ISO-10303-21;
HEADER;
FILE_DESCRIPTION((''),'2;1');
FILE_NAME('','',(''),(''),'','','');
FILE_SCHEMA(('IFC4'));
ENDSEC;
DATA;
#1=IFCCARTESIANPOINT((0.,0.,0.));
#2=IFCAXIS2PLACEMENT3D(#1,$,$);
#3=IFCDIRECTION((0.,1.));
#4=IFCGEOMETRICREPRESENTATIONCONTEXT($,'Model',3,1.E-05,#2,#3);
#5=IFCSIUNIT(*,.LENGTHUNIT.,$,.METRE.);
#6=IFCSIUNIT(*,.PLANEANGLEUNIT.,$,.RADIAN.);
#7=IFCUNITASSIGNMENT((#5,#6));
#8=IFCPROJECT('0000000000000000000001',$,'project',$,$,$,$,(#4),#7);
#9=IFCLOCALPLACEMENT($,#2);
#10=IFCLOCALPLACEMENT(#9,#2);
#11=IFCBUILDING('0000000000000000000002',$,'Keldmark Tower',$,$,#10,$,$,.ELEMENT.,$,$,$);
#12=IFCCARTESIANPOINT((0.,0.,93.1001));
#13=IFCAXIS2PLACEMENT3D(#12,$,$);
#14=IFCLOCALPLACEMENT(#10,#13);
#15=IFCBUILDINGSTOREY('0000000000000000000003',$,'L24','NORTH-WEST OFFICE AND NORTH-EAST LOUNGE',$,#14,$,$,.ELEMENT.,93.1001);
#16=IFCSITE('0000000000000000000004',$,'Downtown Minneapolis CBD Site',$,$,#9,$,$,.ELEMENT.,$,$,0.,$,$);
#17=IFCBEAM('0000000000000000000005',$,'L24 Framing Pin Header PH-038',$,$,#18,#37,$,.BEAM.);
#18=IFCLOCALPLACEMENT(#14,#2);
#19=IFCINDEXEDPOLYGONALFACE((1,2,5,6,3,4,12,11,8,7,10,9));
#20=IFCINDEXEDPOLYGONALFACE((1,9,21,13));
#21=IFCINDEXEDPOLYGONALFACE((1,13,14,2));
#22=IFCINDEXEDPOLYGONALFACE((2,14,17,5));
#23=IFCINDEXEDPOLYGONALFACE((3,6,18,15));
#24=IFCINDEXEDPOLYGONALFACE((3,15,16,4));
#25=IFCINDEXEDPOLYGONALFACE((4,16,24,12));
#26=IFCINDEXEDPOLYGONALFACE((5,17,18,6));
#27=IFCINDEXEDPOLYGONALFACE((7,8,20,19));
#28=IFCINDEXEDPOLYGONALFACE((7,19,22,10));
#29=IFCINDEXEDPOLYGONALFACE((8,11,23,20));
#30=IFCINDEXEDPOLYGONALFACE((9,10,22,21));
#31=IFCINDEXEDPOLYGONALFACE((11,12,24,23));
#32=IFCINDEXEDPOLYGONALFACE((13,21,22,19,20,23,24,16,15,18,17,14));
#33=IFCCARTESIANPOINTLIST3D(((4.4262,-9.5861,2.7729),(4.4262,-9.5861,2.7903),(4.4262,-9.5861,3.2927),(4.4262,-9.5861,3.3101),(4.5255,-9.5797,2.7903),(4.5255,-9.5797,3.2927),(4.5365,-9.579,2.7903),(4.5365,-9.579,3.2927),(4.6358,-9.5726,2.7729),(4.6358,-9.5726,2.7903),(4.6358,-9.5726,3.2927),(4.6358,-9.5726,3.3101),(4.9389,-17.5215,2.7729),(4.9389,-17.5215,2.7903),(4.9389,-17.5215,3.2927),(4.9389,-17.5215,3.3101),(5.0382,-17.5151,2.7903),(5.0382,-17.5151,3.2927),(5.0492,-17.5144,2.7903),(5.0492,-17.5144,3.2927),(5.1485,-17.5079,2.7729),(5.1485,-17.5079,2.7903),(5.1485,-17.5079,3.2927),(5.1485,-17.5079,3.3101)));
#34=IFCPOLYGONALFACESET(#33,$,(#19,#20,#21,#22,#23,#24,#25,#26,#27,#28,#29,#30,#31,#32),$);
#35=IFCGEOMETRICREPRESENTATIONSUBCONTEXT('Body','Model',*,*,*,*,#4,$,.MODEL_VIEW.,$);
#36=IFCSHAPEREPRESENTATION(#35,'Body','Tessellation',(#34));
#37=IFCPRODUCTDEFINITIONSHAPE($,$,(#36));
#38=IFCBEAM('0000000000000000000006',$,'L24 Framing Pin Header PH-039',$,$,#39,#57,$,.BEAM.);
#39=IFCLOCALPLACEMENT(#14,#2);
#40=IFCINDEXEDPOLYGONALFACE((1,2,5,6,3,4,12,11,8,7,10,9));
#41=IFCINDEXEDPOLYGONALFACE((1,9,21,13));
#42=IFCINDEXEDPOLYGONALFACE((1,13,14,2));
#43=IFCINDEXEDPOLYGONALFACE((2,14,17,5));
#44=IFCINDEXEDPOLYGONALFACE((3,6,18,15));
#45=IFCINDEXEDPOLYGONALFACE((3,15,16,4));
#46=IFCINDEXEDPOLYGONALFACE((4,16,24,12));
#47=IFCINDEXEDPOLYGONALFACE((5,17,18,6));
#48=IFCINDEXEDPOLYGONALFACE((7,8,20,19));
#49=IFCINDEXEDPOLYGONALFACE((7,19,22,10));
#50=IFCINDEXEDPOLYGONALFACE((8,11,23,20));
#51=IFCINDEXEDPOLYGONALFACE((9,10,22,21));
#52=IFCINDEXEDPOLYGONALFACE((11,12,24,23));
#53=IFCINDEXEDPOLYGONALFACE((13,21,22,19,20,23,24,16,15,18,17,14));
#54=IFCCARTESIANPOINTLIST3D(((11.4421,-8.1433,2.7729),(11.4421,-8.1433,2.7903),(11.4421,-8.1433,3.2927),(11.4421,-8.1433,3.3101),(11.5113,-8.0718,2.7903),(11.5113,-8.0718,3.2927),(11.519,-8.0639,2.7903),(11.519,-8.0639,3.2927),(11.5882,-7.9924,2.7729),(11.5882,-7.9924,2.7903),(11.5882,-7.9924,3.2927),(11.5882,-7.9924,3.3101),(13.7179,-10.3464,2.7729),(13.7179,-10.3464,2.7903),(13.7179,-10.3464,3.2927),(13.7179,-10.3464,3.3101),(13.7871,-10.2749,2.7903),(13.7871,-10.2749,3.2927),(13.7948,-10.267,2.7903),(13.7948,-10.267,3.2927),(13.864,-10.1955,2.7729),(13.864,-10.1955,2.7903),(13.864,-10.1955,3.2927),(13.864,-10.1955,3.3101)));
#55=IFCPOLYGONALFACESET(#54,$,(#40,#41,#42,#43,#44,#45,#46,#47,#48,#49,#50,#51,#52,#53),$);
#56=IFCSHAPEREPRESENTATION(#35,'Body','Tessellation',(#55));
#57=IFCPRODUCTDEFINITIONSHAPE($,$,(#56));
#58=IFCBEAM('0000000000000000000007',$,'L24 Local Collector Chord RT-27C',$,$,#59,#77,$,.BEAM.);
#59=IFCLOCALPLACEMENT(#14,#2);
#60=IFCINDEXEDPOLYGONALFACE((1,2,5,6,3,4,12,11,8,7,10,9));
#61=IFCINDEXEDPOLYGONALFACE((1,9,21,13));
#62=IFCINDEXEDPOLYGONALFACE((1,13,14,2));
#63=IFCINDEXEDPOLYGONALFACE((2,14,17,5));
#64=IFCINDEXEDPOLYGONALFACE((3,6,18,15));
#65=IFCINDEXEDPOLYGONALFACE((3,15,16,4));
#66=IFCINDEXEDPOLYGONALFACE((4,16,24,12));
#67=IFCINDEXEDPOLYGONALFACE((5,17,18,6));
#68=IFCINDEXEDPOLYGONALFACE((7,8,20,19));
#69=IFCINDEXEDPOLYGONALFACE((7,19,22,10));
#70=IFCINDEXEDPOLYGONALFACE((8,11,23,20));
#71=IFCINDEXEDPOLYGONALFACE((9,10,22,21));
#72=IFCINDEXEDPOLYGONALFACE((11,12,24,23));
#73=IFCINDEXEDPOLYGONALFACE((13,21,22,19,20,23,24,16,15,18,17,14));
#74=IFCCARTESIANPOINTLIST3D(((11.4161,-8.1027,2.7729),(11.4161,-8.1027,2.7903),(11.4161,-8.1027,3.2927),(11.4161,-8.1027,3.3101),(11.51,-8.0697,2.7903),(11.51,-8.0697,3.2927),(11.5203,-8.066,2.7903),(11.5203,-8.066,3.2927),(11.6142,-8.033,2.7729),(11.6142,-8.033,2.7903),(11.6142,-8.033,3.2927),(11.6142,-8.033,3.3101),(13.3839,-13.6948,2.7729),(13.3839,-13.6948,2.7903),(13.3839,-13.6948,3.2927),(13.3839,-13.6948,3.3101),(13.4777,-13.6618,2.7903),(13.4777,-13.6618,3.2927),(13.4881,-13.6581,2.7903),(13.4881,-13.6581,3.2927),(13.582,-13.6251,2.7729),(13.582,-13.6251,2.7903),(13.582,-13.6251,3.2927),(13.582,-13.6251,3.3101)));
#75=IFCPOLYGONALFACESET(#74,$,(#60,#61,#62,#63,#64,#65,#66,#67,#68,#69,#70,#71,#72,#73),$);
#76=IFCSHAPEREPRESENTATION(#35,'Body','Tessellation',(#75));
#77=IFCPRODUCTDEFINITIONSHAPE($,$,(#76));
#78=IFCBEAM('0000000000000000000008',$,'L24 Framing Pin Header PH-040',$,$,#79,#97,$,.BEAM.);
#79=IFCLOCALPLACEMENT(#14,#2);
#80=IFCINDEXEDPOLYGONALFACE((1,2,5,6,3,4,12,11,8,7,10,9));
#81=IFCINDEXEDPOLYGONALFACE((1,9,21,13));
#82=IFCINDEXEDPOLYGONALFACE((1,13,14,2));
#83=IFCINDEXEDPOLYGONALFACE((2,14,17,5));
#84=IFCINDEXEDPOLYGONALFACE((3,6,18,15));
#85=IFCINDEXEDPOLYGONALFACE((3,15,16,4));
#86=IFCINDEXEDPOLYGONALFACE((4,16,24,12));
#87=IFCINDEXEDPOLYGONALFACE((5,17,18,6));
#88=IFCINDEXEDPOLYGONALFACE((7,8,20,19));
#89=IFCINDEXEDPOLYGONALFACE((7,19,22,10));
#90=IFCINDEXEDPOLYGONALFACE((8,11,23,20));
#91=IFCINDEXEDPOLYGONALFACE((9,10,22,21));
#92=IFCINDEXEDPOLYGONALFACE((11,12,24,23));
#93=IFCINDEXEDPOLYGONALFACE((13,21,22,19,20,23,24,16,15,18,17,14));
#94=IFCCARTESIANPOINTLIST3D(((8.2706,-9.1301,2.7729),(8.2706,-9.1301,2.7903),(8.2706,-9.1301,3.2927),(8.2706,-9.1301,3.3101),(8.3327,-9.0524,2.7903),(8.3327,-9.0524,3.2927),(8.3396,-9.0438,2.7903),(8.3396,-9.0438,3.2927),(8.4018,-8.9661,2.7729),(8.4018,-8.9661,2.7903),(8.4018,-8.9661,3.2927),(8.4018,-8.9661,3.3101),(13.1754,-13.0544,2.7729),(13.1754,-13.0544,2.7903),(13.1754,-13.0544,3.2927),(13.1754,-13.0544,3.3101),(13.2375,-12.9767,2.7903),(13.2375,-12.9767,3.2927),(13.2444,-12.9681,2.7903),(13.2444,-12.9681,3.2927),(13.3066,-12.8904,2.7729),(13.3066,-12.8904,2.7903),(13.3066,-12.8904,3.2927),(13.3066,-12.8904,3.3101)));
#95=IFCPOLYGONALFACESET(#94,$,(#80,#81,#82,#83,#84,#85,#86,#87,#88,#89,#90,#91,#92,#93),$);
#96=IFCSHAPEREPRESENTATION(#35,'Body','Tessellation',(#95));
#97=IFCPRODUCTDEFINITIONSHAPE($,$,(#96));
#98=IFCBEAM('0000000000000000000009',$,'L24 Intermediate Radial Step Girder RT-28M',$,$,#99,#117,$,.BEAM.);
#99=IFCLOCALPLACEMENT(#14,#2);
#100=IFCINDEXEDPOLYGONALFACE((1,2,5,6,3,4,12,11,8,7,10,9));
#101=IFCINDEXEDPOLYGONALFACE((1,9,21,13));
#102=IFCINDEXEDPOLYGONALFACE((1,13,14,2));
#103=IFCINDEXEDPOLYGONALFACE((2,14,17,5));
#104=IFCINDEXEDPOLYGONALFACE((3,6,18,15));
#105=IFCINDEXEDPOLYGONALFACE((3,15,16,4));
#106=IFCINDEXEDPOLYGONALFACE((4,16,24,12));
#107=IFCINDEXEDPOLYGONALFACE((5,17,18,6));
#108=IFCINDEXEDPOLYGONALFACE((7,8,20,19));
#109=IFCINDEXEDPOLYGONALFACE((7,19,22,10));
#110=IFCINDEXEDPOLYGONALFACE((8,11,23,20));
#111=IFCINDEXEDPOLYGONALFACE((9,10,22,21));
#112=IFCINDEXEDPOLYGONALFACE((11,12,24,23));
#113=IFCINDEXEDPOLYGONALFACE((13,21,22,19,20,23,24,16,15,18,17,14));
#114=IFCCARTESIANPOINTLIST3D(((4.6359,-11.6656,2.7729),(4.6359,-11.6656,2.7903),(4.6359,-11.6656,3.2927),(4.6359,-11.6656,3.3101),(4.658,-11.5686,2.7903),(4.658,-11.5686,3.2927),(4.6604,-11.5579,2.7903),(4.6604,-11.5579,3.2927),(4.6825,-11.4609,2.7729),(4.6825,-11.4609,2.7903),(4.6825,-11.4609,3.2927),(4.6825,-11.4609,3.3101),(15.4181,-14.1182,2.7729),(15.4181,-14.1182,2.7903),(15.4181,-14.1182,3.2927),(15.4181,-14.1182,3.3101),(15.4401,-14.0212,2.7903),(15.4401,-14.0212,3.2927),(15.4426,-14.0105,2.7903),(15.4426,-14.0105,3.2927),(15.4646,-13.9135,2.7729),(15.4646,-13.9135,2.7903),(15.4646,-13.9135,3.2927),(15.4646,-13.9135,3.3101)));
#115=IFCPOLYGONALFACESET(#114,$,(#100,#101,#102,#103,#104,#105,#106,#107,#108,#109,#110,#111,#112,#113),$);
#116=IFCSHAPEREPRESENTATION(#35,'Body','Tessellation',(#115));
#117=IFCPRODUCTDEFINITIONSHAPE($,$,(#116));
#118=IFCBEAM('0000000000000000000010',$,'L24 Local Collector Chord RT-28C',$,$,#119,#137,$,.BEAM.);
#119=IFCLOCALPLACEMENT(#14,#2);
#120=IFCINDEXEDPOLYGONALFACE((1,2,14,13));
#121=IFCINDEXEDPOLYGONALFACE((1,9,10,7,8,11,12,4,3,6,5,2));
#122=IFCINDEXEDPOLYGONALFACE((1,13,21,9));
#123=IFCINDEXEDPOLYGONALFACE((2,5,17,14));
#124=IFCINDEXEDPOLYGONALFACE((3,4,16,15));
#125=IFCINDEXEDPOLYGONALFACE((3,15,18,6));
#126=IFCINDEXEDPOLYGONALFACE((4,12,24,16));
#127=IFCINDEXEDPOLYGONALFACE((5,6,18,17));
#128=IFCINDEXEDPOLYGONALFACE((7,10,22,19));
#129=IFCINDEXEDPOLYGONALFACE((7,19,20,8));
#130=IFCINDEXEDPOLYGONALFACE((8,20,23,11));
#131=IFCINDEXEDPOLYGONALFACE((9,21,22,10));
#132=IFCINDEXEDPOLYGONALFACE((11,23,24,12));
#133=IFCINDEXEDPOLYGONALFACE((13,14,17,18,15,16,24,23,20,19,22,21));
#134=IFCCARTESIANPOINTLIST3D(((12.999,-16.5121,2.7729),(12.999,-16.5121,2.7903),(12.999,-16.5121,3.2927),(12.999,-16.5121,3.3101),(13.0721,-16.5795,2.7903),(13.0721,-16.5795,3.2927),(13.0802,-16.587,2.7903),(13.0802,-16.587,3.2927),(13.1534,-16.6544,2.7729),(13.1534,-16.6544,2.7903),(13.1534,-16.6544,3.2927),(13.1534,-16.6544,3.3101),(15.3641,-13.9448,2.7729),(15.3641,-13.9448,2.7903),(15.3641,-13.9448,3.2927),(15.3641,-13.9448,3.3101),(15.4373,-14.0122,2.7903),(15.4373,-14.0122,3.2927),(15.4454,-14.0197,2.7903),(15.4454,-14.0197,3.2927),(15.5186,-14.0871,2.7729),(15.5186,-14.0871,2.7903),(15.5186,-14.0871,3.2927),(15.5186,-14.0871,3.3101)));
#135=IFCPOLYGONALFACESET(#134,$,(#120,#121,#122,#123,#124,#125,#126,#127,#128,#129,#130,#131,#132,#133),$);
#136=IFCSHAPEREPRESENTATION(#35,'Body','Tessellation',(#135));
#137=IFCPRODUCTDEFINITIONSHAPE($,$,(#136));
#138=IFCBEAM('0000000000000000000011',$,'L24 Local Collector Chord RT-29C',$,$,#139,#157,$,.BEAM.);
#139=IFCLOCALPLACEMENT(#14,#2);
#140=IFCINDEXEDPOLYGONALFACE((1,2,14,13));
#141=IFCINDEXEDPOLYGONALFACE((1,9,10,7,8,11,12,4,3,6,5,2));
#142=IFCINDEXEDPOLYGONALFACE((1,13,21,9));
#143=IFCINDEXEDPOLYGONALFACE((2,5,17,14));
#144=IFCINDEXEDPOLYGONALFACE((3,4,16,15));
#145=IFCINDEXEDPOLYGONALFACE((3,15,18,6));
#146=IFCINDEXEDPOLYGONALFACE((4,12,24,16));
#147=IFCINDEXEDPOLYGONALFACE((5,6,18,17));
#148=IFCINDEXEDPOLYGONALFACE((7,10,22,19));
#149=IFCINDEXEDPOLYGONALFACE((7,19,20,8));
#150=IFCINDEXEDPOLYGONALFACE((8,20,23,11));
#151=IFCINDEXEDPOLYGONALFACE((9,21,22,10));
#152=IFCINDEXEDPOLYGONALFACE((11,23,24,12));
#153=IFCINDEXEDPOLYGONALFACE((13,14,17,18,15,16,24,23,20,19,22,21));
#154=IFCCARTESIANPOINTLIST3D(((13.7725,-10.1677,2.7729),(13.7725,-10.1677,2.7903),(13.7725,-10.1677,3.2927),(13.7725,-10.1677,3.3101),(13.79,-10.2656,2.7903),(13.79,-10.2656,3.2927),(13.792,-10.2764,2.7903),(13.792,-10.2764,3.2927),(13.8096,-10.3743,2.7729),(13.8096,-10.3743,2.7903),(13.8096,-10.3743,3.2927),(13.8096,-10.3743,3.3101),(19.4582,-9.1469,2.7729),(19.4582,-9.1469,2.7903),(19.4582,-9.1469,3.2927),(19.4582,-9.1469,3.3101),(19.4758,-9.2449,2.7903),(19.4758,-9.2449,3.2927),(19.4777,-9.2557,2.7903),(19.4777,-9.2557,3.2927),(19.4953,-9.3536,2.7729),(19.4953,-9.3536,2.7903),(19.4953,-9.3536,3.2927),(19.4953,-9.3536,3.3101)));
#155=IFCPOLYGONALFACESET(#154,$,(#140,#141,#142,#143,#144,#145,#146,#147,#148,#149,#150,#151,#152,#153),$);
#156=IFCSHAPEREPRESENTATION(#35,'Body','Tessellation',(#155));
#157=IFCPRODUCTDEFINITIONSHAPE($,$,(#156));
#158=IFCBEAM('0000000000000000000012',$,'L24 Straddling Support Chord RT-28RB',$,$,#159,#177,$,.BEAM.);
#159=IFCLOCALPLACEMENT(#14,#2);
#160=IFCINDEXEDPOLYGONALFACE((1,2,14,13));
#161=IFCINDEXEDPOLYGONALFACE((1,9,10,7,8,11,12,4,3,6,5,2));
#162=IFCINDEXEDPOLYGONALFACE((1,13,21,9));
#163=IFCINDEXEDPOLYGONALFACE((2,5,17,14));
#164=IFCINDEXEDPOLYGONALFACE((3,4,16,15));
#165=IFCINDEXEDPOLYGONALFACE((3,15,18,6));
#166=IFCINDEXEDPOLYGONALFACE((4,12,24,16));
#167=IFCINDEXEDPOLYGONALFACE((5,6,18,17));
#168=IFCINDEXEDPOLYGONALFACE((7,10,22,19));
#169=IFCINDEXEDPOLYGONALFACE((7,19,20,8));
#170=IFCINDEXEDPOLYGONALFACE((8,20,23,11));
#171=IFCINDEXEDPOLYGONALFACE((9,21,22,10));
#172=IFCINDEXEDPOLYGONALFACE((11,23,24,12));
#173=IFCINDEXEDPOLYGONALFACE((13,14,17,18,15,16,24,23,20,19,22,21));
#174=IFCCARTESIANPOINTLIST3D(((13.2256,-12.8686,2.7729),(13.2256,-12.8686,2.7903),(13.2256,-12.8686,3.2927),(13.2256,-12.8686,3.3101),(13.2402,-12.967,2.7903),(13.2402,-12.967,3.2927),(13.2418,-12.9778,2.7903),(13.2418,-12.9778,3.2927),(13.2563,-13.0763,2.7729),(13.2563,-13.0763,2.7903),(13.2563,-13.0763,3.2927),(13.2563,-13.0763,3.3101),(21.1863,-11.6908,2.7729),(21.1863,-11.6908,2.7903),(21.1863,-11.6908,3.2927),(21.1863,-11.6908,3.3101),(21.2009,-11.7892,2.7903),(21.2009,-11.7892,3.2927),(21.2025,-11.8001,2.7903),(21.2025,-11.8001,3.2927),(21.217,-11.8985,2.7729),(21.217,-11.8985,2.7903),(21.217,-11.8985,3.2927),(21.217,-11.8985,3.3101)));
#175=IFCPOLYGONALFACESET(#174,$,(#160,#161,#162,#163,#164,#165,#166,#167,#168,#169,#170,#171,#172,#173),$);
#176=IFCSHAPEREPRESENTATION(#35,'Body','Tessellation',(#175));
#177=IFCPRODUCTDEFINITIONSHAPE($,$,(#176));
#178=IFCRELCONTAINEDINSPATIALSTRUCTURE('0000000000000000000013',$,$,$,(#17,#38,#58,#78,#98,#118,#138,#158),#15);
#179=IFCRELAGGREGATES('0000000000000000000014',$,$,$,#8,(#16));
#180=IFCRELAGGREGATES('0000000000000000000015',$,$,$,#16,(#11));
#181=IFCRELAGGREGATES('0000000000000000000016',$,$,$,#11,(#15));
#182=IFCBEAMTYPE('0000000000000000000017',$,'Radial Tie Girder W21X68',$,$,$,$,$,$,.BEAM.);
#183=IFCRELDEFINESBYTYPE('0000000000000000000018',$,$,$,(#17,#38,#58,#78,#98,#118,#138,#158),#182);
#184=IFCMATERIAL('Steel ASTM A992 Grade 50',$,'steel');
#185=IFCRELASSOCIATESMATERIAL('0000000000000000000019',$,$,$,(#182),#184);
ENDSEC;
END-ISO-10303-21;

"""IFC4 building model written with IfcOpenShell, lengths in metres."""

from ifc_helpers import new_model, si_unit, direction, frame, origin, origin_2d, place, context, subcontext, project, spatial, i_section, extrude, material, material_profile, profile_set, type_object, element, save


model = new_model("IFC4")

# Units and contexts
model_context = context("Model", 3, precision=1e-05, world=origin(), true_north=direction((0.0, 1.0)))
body_context = subcontext(model_context, "Body", "Model", "MODEL_VIEW")
ifc_project = project(units=[si_unit("LENGTHUNIT", "METRE"), si_unit("PLANEANGLEUNIT", "RADIAN")], contexts=[model_context])

# Site, building, storey
site_placement = place(None, origin())
site = spatial("IfcSite", under=ifc_project, at=site_placement, Name="Downtown Minneapolis CBD Site", CompositionType="ELEMENT", RefElevation=0.0)
building_placement = place(site_placement, origin())
building = spatial("IfcBuilding", under=site, at=building_placement, Name="Keldmark Tower", CompositionType="ELEMENT")
storey_placement = place(building_placement, frame((0.0, 0.0, 93.1001)))
storey = spatial("IfcBuildingStorey", under=building, at=storey_placement, Name="L24", Description="NORTH-WEST OFFICE AND NORTH-EAST LOUNGE", CompositionType="ELEMENT", Elevation=93.1001)

# Beams
ifc_material_1 = material(Name="Steel ASTM A992 Grade 50", Category="steel")
ifc_material_profile_1 = material_profile(ifc_material_1, i_section(OverallWidth=0.21, OverallDepth=0.5371, WebThickness=0.011, FlangeThickness=0.0173, at=origin_2d()), Name="W21X68")
ifc_profile_set_1 = profile_set([ifc_material_profile_1], Name="Steel ASTM A992 Grade 50")
beam_type_1 = type_object("IfcBeamType", Name="Radial Tie Girder W21X68", PredefinedType="BEAM", material=ifc_profile_set_1)
beam_1_placement = place(storey_placement, frame((4.531, -9.5793, 3.0415), z_axis=(0.064475, -0.997919, 0.0), x_axis=(0.997919, 0.064475, 0.0)))
element("IfcBeam", 1, at=beam_1_placement, inside=storey, type_object=beam_type_1, Name="L24 Framing Pin Header PH-038", PredefinedType="BEAM", context=body_context, shape_type="SweptSolid", body=[
    extrude(i_section(OverallWidth=0.21, OverallDepth=0.5371, WebThickness=0.011, FlangeThickness=0.0173, at=origin_2d()), origin(), (0.0, 0.0, 1.0), 7.9519),
])
beam_2_placement = place(storey_placement, frame((11.5151, -8.0679, 3.0415), z_axis=(0.718498, -0.695529, 0.0), x_axis=(0.695529, 0.718498, 0.0)))
element("IfcBeam", 2, at=beam_2_placement, inside=storey, type_object=beam_type_1, Name="L24 Framing Pin Header PH-039", PredefinedType="BEAM", context=body_context, shape_type="SweptSolid", body=[
    extrude(i_section(OverallWidth=0.21, OverallDepth=0.5371, WebThickness=0.011, FlangeThickness=0.0173, at=origin_2d()), origin(), (0.0, 0.0, 1.0), 3.1675),
])
beam_3_placement = place(storey_placement, frame((11.5151, -8.0679, 3.0415), z_axis=(0.331937, -0.943302, 0.0), x_axis=(0.943302, 0.331937, 0.0)))
element("IfcBeam", 3, at=beam_3_placement, inside=storey, type_object=beam_type_1, Name="L24 Local Collector Chord RT-27C", PredefinedType="BEAM", context=body_context, shape_type="SweptSolid", body=[
    extrude(i_section(OverallWidth=0.21, OverallDepth=0.5371, WebThickness=0.011, FlangeThickness=0.0173, at=origin_2d()), origin(), (0.0, 0.0, 1.0), 5.9282),
])
beam_4_placement = place(storey_placement, frame((8.3362, -9.0481, 3.0415), z_axis=(0.780831, -0.624742, 0.0), x_axis=(0.624742, 0.780831, 0.0)))
element("IfcBeam", 4, at=beam_4_placement, inside=storey, type_object=beam_type_1, Name="L24 Framing Pin Header PH-040", PredefinedType="BEAM", context=body_context, shape_type="SweptSolid", body=[
    extrude(i_section(OverallWidth=0.21, OverallDepth=0.5371, WebThickness=0.011, FlangeThickness=0.0173, at=origin_2d()), origin(), (0.0, 0.0, 1.0), 6.2815),
])
beam_5_placement = place(storey_placement, frame((4.6592, -11.5632, 3.0415), z_axis=(0.975091, -0.221804, 0.0), x_axis=(0.221804, 0.975091, 0.0)))
element("IfcBeam", 5, at=beam_5_placement, inside=storey, type_object=beam_type_1, Name="L24 Intermediate Radial Step Girder RT-28M", PredefinedType="BEAM", context=body_context, shape_type="SweptSolid", body=[
    extrude(i_section(OverallWidth=0.21, OverallDepth=0.5371, WebThickness=0.011, FlangeThickness=0.0173, at=origin_2d()), origin(), (0.0, 0.0, 1.0), 11.0576),
])
beam_6_placement = place(storey_placement, frame((13.0762, -16.5833, 3.0415), z_axis=(0.677559, 0.735468, 0.0), x_axis=(-0.735468, 0.677559, 0.0)))
element("IfcBeam", 6, at=beam_6_placement, inside=storey, type_object=beam_type_1, Name="L24 Local Collector Chord RT-28C", PredefinedType="BEAM", context=body_context, shape_type="SweptSolid", body=[
    extrude(i_section(OverallWidth=0.21, OverallDepth=0.5371, WebThickness=0.011, FlangeThickness=0.0173, at=origin_2d()), origin(), (0.0, 0.0, 1.0), 3.4907),
])
beam_7_placement = place(storey_placement, frame((13.791, -10.271, 3.0415), z_axis=(0.984264, 0.176702, 0.0), x_axis=(-0.176702, 0.984264, 0.0)))
element("IfcBeam", 7, at=beam_7_placement, inside=storey, type_object=beam_type_1, Name="L24 Local Collector Chord RT-29C", PredefinedType="BEAM", context=body_context, shape_type="SweptSolid", body=[
    extrude(i_section(OverallWidth=0.21, OverallDepth=0.5371, WebThickness=0.011, FlangeThickness=0.0173, at=origin_2d()), origin(), (0.0, 0.0, 1.0), 5.7766),
])
beam_8_placement = place(storey_placement, frame((13.241, -12.9724, 3.0415), z_axis=(0.989233, 0.146351, 0.0), x_axis=(-0.146351, 0.989233, 0.0)))
element("IfcBeam", 8, at=beam_8_placement, inside=storey, type_object=beam_type_1, Name="L24 Straddling Support Chord RT-28RB", PredefinedType="BEAM", context=body_context, shape_type="SweptSolid", body=[
    extrude(i_section(OverallWidth=0.21, OverallDepth=0.5371, WebThickness=0.011, FlangeThickness=0.0173, at=origin_2d()), origin(), (0.0, 0.0, 1.0), 8.0474),
])

save(model, "model.ifc")
